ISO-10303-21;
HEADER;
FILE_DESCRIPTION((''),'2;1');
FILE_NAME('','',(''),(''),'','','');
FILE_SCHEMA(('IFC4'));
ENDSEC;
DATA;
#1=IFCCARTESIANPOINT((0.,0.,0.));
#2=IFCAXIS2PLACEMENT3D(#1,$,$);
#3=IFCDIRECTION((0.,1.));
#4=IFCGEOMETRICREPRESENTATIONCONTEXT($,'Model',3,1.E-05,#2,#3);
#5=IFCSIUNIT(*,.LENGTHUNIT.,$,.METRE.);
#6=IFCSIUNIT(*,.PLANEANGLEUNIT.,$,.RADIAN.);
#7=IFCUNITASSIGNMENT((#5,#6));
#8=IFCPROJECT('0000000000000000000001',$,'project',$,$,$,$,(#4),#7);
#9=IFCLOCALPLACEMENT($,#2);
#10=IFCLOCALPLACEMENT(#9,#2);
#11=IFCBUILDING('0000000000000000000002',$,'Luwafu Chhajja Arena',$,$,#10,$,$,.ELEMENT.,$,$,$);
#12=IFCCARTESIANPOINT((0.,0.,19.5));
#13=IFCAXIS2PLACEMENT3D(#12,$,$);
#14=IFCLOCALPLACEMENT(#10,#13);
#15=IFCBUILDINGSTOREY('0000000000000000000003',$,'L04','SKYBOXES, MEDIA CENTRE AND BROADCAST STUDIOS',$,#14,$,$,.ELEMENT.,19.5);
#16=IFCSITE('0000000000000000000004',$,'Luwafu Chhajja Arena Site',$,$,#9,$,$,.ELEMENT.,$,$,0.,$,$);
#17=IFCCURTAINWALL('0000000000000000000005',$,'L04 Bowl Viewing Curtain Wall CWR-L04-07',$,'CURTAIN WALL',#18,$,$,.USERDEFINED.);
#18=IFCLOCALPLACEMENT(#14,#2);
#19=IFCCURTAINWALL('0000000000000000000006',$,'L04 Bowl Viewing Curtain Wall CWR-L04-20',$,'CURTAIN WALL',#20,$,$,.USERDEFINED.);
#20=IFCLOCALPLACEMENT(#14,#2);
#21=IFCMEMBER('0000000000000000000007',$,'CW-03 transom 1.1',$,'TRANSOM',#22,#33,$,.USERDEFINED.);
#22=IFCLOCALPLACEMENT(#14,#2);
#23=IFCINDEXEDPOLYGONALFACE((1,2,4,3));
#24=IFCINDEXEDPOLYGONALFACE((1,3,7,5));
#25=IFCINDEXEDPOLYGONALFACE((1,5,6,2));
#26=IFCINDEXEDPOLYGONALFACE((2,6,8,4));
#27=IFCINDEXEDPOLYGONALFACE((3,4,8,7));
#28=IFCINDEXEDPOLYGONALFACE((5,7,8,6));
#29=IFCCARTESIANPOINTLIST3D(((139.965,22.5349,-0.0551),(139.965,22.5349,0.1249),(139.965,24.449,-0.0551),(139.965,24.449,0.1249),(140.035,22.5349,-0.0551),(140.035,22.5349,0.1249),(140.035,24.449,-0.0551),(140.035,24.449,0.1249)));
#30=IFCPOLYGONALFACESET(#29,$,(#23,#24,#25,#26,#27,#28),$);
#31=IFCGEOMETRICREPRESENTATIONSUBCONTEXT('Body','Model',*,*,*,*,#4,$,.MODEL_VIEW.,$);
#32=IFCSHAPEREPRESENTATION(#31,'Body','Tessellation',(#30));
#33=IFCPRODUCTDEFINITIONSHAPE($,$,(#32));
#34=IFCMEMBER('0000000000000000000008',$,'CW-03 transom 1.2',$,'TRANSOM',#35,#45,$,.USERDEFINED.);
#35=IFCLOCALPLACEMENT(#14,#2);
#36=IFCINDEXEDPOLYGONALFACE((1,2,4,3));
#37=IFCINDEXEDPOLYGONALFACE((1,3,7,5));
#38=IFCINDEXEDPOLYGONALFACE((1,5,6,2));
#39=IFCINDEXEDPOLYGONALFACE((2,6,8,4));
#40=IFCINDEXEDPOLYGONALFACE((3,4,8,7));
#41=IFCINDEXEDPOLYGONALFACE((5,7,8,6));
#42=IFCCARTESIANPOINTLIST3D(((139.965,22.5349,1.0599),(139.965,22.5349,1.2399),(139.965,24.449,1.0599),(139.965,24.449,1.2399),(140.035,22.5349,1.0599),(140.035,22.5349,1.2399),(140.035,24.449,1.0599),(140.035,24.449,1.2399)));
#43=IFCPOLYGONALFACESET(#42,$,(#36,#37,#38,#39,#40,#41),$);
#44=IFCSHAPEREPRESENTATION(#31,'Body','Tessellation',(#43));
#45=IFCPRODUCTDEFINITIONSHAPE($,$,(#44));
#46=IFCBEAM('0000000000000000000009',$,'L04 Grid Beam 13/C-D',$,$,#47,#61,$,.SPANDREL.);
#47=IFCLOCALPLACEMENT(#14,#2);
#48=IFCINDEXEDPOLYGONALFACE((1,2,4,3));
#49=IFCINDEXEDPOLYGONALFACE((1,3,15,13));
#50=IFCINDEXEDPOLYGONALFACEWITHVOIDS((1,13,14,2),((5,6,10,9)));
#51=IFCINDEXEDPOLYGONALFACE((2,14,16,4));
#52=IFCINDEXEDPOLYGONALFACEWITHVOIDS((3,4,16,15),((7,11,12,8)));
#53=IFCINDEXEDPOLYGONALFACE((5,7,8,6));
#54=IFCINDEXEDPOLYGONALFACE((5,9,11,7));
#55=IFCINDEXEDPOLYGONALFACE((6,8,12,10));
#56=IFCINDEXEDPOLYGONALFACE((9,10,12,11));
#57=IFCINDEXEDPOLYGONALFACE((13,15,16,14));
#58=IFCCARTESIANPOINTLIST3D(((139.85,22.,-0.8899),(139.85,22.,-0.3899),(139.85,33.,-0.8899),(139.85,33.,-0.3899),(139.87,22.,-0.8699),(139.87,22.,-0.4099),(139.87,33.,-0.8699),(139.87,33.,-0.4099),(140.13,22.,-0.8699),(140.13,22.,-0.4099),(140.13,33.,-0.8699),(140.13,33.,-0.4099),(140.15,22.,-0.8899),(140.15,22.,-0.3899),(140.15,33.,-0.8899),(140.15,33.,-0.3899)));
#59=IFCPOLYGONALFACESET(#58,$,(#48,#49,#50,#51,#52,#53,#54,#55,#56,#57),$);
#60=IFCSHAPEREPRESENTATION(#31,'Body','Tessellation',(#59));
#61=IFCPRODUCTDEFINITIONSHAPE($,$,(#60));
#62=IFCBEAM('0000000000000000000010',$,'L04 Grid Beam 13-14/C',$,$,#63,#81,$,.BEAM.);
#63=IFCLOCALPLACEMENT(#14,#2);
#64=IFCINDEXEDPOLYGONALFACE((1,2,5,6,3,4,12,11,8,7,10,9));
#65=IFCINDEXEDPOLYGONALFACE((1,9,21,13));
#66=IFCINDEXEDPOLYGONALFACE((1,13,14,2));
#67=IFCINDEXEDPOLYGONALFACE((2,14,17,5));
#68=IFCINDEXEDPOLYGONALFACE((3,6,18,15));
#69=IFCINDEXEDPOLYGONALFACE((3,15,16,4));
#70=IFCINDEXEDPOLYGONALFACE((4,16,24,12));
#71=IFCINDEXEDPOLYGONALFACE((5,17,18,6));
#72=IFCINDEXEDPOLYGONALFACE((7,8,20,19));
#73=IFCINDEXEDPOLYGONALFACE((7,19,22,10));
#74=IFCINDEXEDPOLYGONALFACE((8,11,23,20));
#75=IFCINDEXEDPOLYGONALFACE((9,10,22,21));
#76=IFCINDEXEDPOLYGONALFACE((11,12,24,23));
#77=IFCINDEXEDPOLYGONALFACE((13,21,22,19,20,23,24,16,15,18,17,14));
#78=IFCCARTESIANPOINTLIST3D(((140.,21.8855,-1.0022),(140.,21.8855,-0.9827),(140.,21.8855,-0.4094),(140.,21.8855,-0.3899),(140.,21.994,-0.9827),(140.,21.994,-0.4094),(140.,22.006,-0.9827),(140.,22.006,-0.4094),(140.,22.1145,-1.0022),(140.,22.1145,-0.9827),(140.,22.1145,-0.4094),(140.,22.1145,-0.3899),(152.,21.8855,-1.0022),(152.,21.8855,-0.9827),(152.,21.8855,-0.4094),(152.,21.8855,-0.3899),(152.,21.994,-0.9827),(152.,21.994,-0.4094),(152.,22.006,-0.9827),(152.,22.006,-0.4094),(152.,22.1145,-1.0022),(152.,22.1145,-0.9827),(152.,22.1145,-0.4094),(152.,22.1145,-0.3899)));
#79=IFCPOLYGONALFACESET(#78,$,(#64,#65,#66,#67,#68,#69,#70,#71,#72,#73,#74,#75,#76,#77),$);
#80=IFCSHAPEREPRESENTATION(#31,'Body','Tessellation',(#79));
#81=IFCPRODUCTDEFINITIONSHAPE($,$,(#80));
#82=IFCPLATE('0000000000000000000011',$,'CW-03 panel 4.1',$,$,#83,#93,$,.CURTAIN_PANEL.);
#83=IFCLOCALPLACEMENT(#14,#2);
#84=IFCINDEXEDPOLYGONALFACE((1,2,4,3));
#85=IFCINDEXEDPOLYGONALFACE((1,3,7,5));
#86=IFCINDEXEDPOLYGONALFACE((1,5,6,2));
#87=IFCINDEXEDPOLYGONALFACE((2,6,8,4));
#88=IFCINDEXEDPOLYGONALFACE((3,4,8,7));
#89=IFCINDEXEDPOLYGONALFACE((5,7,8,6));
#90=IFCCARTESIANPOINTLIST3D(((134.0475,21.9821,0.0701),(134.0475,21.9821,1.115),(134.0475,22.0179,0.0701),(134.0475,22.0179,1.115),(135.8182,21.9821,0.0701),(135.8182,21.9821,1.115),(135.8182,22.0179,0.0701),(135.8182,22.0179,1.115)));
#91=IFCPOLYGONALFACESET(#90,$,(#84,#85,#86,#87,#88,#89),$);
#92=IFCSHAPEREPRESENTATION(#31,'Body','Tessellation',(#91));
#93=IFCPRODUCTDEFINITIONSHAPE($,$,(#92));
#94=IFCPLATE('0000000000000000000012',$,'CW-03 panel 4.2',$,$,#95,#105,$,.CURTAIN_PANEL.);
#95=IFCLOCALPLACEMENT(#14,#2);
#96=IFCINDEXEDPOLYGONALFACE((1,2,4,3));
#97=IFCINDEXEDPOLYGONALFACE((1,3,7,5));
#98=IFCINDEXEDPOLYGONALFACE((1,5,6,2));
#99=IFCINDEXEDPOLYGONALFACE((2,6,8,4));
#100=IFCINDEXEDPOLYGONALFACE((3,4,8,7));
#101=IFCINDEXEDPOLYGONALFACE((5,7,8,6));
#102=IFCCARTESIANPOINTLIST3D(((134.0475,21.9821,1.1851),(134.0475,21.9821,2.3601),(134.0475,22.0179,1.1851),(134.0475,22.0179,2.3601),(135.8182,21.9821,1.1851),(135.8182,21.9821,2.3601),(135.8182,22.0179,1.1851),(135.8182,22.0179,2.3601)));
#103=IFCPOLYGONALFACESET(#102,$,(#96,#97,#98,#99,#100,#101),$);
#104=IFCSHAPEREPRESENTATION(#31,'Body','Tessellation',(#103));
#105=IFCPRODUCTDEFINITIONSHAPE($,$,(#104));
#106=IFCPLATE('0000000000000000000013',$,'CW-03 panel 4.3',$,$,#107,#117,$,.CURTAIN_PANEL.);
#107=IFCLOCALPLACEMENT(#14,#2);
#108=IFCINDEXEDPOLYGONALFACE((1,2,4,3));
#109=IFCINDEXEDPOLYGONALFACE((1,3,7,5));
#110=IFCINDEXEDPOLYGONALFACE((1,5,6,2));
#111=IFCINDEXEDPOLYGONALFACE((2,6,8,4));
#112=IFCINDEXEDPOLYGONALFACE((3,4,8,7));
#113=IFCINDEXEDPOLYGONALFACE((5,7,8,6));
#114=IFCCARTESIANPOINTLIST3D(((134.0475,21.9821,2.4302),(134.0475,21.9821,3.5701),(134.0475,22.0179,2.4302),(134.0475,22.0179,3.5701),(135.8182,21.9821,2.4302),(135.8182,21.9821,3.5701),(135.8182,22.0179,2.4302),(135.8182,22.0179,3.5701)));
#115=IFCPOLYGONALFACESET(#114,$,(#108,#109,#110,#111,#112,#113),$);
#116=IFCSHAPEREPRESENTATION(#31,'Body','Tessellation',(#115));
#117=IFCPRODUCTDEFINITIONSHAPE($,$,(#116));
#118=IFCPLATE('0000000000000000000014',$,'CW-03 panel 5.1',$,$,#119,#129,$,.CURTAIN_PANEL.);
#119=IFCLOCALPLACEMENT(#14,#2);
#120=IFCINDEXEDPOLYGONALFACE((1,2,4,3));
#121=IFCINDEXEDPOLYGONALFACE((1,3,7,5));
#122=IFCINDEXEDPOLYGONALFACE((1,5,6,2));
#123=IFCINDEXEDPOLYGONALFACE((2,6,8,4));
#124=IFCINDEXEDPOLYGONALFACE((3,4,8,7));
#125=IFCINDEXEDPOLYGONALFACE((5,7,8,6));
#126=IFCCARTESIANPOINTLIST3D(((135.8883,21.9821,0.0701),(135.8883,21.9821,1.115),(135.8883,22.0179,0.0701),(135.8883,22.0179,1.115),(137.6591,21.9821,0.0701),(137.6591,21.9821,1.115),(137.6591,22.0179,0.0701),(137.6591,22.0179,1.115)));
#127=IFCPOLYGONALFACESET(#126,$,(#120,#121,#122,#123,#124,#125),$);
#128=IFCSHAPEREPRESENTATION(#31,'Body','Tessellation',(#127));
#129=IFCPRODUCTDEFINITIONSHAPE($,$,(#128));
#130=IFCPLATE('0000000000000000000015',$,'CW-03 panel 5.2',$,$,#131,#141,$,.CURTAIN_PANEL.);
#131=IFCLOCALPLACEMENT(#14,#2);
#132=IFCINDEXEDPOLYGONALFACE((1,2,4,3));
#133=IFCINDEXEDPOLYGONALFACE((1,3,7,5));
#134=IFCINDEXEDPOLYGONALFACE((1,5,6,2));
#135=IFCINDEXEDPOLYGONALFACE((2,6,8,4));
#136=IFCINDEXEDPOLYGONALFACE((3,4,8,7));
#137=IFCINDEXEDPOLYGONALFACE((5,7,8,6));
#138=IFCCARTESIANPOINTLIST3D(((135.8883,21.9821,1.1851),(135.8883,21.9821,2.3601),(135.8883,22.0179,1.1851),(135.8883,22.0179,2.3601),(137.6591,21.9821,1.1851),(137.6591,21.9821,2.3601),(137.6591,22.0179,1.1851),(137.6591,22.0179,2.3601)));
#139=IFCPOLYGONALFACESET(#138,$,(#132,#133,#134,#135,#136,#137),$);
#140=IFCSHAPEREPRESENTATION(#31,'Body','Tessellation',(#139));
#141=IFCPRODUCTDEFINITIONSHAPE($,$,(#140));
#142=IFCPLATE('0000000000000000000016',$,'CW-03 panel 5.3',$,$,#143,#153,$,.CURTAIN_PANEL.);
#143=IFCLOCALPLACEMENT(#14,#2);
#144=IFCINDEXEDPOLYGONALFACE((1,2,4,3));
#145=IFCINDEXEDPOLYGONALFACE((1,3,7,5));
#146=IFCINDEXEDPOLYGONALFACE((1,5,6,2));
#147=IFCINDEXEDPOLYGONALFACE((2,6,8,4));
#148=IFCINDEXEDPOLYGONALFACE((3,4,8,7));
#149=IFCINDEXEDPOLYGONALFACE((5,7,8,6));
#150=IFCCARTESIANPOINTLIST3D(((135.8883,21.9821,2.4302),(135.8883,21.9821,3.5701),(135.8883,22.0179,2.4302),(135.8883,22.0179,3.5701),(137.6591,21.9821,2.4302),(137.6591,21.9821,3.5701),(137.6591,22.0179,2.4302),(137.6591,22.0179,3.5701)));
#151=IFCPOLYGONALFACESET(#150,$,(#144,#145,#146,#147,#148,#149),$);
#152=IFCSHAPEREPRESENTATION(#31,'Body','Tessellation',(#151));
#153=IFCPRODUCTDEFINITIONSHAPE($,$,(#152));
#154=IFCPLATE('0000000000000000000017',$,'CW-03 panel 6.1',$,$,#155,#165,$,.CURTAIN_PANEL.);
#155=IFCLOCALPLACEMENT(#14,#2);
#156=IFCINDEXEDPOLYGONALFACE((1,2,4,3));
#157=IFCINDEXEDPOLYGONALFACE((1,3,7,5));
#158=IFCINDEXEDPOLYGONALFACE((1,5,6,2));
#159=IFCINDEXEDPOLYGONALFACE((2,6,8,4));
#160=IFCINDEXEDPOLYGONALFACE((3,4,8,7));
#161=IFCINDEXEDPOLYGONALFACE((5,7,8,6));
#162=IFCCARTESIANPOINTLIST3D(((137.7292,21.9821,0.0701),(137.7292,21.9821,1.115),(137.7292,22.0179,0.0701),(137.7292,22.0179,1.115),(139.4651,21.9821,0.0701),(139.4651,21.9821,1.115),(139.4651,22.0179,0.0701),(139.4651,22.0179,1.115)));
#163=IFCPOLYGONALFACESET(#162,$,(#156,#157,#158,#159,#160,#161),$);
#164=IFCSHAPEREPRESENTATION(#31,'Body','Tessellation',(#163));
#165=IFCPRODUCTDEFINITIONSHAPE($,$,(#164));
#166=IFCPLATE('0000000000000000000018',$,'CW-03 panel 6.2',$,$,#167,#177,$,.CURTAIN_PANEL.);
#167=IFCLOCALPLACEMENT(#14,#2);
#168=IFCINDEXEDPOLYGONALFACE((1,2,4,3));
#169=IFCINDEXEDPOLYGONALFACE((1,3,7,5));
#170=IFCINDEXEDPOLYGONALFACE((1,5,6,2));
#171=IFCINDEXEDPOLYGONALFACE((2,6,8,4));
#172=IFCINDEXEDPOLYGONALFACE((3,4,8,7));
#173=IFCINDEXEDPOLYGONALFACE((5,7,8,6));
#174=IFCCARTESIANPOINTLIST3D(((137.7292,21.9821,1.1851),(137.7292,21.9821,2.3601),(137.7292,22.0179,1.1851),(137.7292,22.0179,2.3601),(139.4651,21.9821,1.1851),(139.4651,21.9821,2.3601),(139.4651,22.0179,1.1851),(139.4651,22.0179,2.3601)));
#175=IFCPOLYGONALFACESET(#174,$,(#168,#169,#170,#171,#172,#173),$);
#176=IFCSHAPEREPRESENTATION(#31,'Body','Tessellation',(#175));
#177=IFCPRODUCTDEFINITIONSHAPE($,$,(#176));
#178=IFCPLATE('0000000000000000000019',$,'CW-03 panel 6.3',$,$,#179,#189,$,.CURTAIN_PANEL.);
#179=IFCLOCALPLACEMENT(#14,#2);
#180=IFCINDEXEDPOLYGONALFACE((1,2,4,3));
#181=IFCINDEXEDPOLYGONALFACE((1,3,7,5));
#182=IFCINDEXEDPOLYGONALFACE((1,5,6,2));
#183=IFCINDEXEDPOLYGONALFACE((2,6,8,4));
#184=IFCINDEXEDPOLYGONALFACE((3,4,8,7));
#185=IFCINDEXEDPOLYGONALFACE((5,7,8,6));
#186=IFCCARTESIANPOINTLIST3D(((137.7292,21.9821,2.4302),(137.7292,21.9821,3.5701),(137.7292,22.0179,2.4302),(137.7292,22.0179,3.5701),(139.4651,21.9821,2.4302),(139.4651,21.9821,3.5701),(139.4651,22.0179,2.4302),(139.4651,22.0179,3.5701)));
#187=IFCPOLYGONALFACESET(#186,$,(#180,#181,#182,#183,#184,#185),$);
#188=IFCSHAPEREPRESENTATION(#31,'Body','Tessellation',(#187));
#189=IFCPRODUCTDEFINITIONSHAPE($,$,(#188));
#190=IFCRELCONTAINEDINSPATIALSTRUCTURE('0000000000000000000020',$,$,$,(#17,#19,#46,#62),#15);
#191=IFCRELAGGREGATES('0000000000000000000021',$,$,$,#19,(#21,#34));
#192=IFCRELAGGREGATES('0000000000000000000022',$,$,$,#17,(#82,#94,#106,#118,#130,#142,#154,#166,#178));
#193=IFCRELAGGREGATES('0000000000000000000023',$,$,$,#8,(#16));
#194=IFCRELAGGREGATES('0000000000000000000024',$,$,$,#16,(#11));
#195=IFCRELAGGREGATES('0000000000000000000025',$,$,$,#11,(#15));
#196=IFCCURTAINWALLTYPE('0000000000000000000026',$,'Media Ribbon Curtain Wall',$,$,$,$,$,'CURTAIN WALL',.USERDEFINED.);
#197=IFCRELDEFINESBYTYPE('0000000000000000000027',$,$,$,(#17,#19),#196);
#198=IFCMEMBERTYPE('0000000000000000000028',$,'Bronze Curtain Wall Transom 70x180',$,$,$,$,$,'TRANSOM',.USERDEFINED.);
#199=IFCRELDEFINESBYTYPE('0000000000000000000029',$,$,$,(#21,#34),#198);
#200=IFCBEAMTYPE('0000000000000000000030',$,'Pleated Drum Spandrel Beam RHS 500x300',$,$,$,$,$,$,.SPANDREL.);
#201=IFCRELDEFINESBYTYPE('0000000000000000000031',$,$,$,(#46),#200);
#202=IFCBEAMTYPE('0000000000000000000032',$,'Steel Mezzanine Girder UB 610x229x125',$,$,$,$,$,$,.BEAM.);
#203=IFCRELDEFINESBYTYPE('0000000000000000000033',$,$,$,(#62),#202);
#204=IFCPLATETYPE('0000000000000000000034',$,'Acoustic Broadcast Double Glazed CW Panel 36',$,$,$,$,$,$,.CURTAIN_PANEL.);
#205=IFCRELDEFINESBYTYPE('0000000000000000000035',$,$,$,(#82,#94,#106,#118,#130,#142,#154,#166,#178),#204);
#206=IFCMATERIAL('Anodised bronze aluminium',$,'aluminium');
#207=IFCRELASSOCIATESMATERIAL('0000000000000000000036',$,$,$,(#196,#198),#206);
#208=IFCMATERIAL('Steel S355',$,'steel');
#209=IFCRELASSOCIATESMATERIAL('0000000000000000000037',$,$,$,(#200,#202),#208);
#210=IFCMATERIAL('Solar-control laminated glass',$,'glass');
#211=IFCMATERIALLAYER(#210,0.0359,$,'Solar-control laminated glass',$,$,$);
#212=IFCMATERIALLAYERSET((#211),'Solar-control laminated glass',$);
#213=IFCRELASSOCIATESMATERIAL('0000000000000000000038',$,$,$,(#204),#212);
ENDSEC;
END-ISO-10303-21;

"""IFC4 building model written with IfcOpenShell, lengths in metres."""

from ifc_helpers import new_model, si_unit, direction, frame, origin, origin_2d, place, context, subcontext, project, spatial, rectangle, hollow_rectangle, i_section, extrude, material, layer, layer_set, material_profile, profile_set, type_object, element, aggregate, save


model = new_model("IFC4")

# Units and contexts
model_context = context("Model", 3, precision=1e-05, world=origin(), true_north=direction((0.0, 1.0)))
body_context = subcontext(model_context, "Body", "Model", "MODEL_VIEW")
ifc_project = project(units=[si_unit("LENGTHUNIT", "METRE"), si_unit("PLANEANGLEUNIT", "RADIAN")], contexts=[model_context])

# Site, building, storey
site_placement = place(None, origin())
site = spatial("IfcSite", under=ifc_project, at=site_placement, Name="Luwafu Chhajja Arena Site", CompositionType="ELEMENT", RefElevation=0.0)
building_placement = place(site_placement, origin())
building = spatial("IfcBuilding", under=site, at=building_placement, Name="Luwafu Chhajja Arena", CompositionType="ELEMENT")
storey_placement = place(building_placement, frame((0.0, 0.0, 19.5)))
storey = spatial("IfcBuildingStorey", under=building, at=storey_placement, Name="L04", Description="SKYBOXES, MEDIA CENTRE AND BROADCAST STUDIOS", CompositionType="ELEMENT", Elevation=19.5)

# Curtain wall
ifc_material_1 = material(Name="Anodised bronze aluminium", Category="aluminium")
curtain_wall_type = type_object("IfcCurtainWallType", Name="Media Ribbon Curtain Wall", ElementType="CURTAIN WALL", PredefinedType="USERDEFINED", material=ifc_material_1)
curtain_wall_1_placement = place(storey_placement, origin())
curtain_wall_1 = element("IfcCurtainWall", 1, at=curtain_wall_1_placement, inside=storey, type_object=curtain_wall_type, Name="L04 Bowl Viewing Curtain Wall CWR-L04-07", ObjectType="CURTAIN WALL", PredefinedType="USERDEFINED")

# Curtain wall
curtain_wall_2_placement = place(storey_placement, origin())
curtain_wall_2 = element("IfcCurtainWall", 2, at=curtain_wall_2_placement, inside=storey, type_object=curtain_wall_type, Name="L04 Bowl Viewing Curtain Wall CWR-L04-20", ObjectType="CURTAIN WALL", PredefinedType="USERDEFINED")

# Members
ifc_material_profile_1 = material_profile(ifc_material_1, rectangle(XDim=0.0701, YDim=0.1799, at=origin_2d()), Name="CWT 70x180")
ifc_profile_set_1 = profile_set([ifc_material_profile_1], Name="Anodised bronze aluminium")
member_type_1 = type_object("IfcMemberType", Name="Bronze Curtain Wall Transom 70x180", ElementType="TRANSOM", PredefinedType="USERDEFINED", material=ifc_profile_set_1)
member_1_placement = place(storey_placement, frame((140.0, 22.5349, 0.0349), z_axis=(0.0, 1.0, 0.0), x_axis=(-1.0, 0.0, 0.0)))
member_1 = element("IfcMember", 3, at=member_1_placement, type_object=member_type_1, Name="CW-03 transom 1.1", ObjectType="TRANSOM", PredefinedType="USERDEFINED", context=body_context, shape_type="SweptSolid", body=[
    extrude(rectangle(XDim=0.0701, YDim=0.1799, at=origin_2d()), origin(), (0.0, 0.0, 1.0), 1.9141),
])
member_2_placement = place(storey_placement, frame((140.0, 22.5349, 1.1499), z_axis=(0.0, 1.0, 0.0), x_axis=(-1.0, 0.0, 0.0)))
member_2 = element("IfcMember", 4, at=member_2_placement, type_object=member_type_1, Name="CW-03 transom 1.2", ObjectType="TRANSOM", PredefinedType="USERDEFINED", context=body_context, shape_type="SweptSolid", body=[
    extrude(rectangle(XDim=0.0701, YDim=0.1799, at=origin_2d()), origin(), (0.0, 0.0, 1.0), 1.9141),
])
aggregate(curtain_wall_2, [member_1, member_2])

# Beams
ifc_material_2 = material(Name="Steel S355", Category="steel")
ifc_material_profile_2 = material_profile(ifc_material_2, hollow_rectangle(XDim=0.3, YDim=0.5, WallThickness=0.02, at=origin_2d()), Name="RHS 500x300x20")
ifc_profile_set_2 = profile_set([ifc_material_profile_2], Name="Steel S355")
beam_type_1 = type_object("IfcBeamType", Name="Pleated Drum Spandrel Beam RHS 500x300", PredefinedType="SPANDREL", material=ifc_profile_set_2)
beam_1_placement = place(storey_placement, frame((140.0, 22.0, -0.6399), z_axis=(0.0, 1.0, 0.0), x_axis=(-1.0, 0.0, 0.0)))
element("IfcBeam", 5, at=beam_1_placement, inside=storey, type_object=beam_type_1, Name="L04 Grid Beam 13/C-D", PredefinedType="SPANDREL", context=body_context, shape_type="SweptSolid", body=[
    extrude(hollow_rectangle(XDim=0.3, YDim=0.5, WallThickness=0.02, at=origin_2d()), origin(), (0.0, 0.0, 1.0), 11.0),
])
ifc_material_profile_3 = material_profile(ifc_material_2, i_section(OverallWidth=0.229, OverallDepth=0.6123, WebThickness=0.012, FlangeThickness=0.0195, at=origin_2d()), Name="UB 610x229x125")
ifc_profile_set_3 = profile_set([ifc_material_profile_3], Name="Steel S355")
beam_type_2 = type_object("IfcBeamType", Name="Steel Mezzanine Girder UB 610x229x125", PredefinedType="BEAM", material=ifc_profile_set_3)
beam_2_placement = place(storey_placement, frame((140.0, 22.0, -0.696), z_axis=(1.0, 0.0, 0.0), x_axis=(0.0, 1.0, 0.0)))
element("IfcBeam", 6, at=beam_2_placement, inside=storey, type_object=beam_type_2, Name="L04 Grid Beam 13-14/C", PredefinedType="BEAM", context=body_context, shape_type="SweptSolid", body=[
    extrude(i_section(OverallWidth=0.229, OverallDepth=0.6123, WebThickness=0.012, FlangeThickness=0.0195, at=origin_2d()), origin(), (0.0, 0.0, 1.0), 12.0),
])

# Plates
ifc_material_3 = material(Name="Solar-control laminated glass", Category="glass")
ifc_layer = layer(ifc_material_3, 0.0359, Name="Solar-control laminated glass")
ifc_layer_set = layer_set([ifc_layer], Name="Solar-control laminated glass")
plate_type = type_object("IfcPlateType", Name="Acoustic Broadcast Double Glazed CW Panel 36", PredefinedType="CURTAIN_PANEL", material=ifc_layer_set)
plate_1_placement = place(storey_placement, frame((134.9329, 22.0, 0.0701), z_axis=(0.0, 0.0, 1.0), x_axis=(1.0, 0.0, 0.0)))
plate_1 = element("IfcPlate", 7, at=plate_1_placement, type_object=plate_type, Name="CW-03 panel 4.1", PredefinedType="CURTAIN_PANEL", context=body_context, shape_type="SweptSolid", body=[
    extrude(rectangle(XDim=1.7708, YDim=0.0359, at=origin_2d()), origin(), (0.0, 0.0, 1.0), 1.0449),
])
plate_2_placement = place(storey_placement, frame((134.9329, 22.0, 1.1851), z_axis=(0.0, 0.0, 1.0), x_axis=(1.0, 0.0, 0.0)))
plate_2 = element("IfcPlate", 8, at=plate_2_placement, type_object=plate_type, Name="CW-03 panel 4.2", PredefinedType="CURTAIN_PANEL", context=body_context, shape_type="SweptSolid", body=[
    extrude(rectangle(XDim=1.7708, YDim=0.0359, at=origin_2d()), origin(), (0.0, 0.0, 1.0), 1.175),
])
plate_3_placement = place(storey_placement, frame((134.9329, 22.0, 2.4302), z_axis=(0.0, 0.0, 1.0), x_axis=(1.0, 0.0, 0.0)))
plate_3 = element("IfcPlate", 9, at=plate_3_placement, type_object=plate_type, Name="CW-03 panel 4.3", PredefinedType="CURTAIN_PANEL", context=body_context, shape_type="SweptSolid", body=[
    extrude(rectangle(XDim=1.7708, YDim=0.0359, at=origin_2d()), origin(), (0.0, 0.0, 1.0), 1.1399),
])
plate_4_placement = place(storey_placement, frame((136.7737, 22.0, 0.0701), z_axis=(0.0, 0.0, 1.0), x_axis=(1.0, 0.0, 0.0)))
plate_4 = element("IfcPlate", 10, at=plate_4_placement, type_object=plate_type, Name="CW-03 panel 5.1", PredefinedType="CURTAIN_PANEL", context=body_context, shape_type="SweptSolid", body=[
    extrude(rectangle(XDim=1.7708, YDim=0.0359, at=origin_2d()), origin(), (0.0, 0.0, 1.0), 1.0449),
])
plate_5_placement = place(storey_placement, frame((136.7737, 22.0, 1.1851), z_axis=(0.0, 0.0, 1.0), x_axis=(1.0, 0.0, 0.0)))
plate_5 = element("IfcPlate", 11, at=plate_5_placement, type_object=plate_type, Name="CW-03 panel 5.2", PredefinedType="CURTAIN_PANEL", context=body_context, shape_type="SweptSolid", body=[
    extrude(rectangle(XDim=1.7708, YDim=0.0359, at=origin_2d()), origin(), (0.0, 0.0, 1.0), 1.175),
])
plate_6_placement = place(storey_placement, frame((136.7737, 22.0, 2.4302), z_axis=(0.0, 0.0, 1.0), x_axis=(1.0, 0.0, 0.0)))
plate_6 = element("IfcPlate", 12, at=plate_6_placement, type_object=plate_type, Name="CW-03 panel 5.3", PredefinedType="CURTAIN_PANEL", context=body_context, shape_type="SweptSolid", body=[
    extrude(rectangle(XDim=1.7708, YDim=0.0359, at=origin_2d()), origin(), (0.0, 0.0, 1.0), 1.1399),
])
plate_7_placement = place(storey_placement, frame((138.5972, 22.0, 0.0701), z_axis=(0.0, 0.0, 1.0), x_axis=(1.0, 0.0, 0.0)))
plate_7 = element("IfcPlate", 13, at=plate_7_placement, type_object=plate_type, Name="CW-03 panel 6.1", PredefinedType="CURTAIN_PANEL", context=body_context, shape_type="SweptSolid", body=[
    extrude(rectangle(XDim=1.7358, YDim=0.0359, at=origin_2d()), origin(), (0.0, 0.0, 1.0), 1.0449),
])
plate_8_placement = place(storey_placement, frame((138.5972, 22.0, 1.1851), z_axis=(0.0, 0.0, 1.0), x_axis=(1.0, 0.0, 0.0)))
plate_8 = element("IfcPlate", 14, at=plate_8_placement, type_object=plate_type, Name="CW-03 panel 6.2", PredefinedType="CURTAIN_PANEL", context=body_context, shape_type="SweptSolid", body=[
    extrude(rectangle(XDim=1.7358, YDim=0.0359, at=origin_2d()), origin(), (0.0, 0.0, 1.0), 1.175),
])
plate_9_placement = place(storey_placement, frame((138.5972, 22.0, 2.4302), z_axis=(0.0, 0.0, 1.0), x_axis=(1.0, 0.0, 0.0)))
plate_9 = element("IfcPlate", 15, at=plate_9_placement, type_object=plate_type, Name="CW-03 panel 6.3", PredefinedType="CURTAIN_PANEL", context=body_context, shape_type="SweptSolid", body=[
    extrude(rectangle(XDim=1.7358, YDim=0.0359, at=origin_2d()), origin(), (0.0, 0.0, 1.0), 1.1399),
])
aggregate(curtain_wall_1, [plate_1, plate_2, plate_3, plate_4, plate_5, plate_6, plate_7, plate_8, plate_9])

save(model, "model.ifc")
